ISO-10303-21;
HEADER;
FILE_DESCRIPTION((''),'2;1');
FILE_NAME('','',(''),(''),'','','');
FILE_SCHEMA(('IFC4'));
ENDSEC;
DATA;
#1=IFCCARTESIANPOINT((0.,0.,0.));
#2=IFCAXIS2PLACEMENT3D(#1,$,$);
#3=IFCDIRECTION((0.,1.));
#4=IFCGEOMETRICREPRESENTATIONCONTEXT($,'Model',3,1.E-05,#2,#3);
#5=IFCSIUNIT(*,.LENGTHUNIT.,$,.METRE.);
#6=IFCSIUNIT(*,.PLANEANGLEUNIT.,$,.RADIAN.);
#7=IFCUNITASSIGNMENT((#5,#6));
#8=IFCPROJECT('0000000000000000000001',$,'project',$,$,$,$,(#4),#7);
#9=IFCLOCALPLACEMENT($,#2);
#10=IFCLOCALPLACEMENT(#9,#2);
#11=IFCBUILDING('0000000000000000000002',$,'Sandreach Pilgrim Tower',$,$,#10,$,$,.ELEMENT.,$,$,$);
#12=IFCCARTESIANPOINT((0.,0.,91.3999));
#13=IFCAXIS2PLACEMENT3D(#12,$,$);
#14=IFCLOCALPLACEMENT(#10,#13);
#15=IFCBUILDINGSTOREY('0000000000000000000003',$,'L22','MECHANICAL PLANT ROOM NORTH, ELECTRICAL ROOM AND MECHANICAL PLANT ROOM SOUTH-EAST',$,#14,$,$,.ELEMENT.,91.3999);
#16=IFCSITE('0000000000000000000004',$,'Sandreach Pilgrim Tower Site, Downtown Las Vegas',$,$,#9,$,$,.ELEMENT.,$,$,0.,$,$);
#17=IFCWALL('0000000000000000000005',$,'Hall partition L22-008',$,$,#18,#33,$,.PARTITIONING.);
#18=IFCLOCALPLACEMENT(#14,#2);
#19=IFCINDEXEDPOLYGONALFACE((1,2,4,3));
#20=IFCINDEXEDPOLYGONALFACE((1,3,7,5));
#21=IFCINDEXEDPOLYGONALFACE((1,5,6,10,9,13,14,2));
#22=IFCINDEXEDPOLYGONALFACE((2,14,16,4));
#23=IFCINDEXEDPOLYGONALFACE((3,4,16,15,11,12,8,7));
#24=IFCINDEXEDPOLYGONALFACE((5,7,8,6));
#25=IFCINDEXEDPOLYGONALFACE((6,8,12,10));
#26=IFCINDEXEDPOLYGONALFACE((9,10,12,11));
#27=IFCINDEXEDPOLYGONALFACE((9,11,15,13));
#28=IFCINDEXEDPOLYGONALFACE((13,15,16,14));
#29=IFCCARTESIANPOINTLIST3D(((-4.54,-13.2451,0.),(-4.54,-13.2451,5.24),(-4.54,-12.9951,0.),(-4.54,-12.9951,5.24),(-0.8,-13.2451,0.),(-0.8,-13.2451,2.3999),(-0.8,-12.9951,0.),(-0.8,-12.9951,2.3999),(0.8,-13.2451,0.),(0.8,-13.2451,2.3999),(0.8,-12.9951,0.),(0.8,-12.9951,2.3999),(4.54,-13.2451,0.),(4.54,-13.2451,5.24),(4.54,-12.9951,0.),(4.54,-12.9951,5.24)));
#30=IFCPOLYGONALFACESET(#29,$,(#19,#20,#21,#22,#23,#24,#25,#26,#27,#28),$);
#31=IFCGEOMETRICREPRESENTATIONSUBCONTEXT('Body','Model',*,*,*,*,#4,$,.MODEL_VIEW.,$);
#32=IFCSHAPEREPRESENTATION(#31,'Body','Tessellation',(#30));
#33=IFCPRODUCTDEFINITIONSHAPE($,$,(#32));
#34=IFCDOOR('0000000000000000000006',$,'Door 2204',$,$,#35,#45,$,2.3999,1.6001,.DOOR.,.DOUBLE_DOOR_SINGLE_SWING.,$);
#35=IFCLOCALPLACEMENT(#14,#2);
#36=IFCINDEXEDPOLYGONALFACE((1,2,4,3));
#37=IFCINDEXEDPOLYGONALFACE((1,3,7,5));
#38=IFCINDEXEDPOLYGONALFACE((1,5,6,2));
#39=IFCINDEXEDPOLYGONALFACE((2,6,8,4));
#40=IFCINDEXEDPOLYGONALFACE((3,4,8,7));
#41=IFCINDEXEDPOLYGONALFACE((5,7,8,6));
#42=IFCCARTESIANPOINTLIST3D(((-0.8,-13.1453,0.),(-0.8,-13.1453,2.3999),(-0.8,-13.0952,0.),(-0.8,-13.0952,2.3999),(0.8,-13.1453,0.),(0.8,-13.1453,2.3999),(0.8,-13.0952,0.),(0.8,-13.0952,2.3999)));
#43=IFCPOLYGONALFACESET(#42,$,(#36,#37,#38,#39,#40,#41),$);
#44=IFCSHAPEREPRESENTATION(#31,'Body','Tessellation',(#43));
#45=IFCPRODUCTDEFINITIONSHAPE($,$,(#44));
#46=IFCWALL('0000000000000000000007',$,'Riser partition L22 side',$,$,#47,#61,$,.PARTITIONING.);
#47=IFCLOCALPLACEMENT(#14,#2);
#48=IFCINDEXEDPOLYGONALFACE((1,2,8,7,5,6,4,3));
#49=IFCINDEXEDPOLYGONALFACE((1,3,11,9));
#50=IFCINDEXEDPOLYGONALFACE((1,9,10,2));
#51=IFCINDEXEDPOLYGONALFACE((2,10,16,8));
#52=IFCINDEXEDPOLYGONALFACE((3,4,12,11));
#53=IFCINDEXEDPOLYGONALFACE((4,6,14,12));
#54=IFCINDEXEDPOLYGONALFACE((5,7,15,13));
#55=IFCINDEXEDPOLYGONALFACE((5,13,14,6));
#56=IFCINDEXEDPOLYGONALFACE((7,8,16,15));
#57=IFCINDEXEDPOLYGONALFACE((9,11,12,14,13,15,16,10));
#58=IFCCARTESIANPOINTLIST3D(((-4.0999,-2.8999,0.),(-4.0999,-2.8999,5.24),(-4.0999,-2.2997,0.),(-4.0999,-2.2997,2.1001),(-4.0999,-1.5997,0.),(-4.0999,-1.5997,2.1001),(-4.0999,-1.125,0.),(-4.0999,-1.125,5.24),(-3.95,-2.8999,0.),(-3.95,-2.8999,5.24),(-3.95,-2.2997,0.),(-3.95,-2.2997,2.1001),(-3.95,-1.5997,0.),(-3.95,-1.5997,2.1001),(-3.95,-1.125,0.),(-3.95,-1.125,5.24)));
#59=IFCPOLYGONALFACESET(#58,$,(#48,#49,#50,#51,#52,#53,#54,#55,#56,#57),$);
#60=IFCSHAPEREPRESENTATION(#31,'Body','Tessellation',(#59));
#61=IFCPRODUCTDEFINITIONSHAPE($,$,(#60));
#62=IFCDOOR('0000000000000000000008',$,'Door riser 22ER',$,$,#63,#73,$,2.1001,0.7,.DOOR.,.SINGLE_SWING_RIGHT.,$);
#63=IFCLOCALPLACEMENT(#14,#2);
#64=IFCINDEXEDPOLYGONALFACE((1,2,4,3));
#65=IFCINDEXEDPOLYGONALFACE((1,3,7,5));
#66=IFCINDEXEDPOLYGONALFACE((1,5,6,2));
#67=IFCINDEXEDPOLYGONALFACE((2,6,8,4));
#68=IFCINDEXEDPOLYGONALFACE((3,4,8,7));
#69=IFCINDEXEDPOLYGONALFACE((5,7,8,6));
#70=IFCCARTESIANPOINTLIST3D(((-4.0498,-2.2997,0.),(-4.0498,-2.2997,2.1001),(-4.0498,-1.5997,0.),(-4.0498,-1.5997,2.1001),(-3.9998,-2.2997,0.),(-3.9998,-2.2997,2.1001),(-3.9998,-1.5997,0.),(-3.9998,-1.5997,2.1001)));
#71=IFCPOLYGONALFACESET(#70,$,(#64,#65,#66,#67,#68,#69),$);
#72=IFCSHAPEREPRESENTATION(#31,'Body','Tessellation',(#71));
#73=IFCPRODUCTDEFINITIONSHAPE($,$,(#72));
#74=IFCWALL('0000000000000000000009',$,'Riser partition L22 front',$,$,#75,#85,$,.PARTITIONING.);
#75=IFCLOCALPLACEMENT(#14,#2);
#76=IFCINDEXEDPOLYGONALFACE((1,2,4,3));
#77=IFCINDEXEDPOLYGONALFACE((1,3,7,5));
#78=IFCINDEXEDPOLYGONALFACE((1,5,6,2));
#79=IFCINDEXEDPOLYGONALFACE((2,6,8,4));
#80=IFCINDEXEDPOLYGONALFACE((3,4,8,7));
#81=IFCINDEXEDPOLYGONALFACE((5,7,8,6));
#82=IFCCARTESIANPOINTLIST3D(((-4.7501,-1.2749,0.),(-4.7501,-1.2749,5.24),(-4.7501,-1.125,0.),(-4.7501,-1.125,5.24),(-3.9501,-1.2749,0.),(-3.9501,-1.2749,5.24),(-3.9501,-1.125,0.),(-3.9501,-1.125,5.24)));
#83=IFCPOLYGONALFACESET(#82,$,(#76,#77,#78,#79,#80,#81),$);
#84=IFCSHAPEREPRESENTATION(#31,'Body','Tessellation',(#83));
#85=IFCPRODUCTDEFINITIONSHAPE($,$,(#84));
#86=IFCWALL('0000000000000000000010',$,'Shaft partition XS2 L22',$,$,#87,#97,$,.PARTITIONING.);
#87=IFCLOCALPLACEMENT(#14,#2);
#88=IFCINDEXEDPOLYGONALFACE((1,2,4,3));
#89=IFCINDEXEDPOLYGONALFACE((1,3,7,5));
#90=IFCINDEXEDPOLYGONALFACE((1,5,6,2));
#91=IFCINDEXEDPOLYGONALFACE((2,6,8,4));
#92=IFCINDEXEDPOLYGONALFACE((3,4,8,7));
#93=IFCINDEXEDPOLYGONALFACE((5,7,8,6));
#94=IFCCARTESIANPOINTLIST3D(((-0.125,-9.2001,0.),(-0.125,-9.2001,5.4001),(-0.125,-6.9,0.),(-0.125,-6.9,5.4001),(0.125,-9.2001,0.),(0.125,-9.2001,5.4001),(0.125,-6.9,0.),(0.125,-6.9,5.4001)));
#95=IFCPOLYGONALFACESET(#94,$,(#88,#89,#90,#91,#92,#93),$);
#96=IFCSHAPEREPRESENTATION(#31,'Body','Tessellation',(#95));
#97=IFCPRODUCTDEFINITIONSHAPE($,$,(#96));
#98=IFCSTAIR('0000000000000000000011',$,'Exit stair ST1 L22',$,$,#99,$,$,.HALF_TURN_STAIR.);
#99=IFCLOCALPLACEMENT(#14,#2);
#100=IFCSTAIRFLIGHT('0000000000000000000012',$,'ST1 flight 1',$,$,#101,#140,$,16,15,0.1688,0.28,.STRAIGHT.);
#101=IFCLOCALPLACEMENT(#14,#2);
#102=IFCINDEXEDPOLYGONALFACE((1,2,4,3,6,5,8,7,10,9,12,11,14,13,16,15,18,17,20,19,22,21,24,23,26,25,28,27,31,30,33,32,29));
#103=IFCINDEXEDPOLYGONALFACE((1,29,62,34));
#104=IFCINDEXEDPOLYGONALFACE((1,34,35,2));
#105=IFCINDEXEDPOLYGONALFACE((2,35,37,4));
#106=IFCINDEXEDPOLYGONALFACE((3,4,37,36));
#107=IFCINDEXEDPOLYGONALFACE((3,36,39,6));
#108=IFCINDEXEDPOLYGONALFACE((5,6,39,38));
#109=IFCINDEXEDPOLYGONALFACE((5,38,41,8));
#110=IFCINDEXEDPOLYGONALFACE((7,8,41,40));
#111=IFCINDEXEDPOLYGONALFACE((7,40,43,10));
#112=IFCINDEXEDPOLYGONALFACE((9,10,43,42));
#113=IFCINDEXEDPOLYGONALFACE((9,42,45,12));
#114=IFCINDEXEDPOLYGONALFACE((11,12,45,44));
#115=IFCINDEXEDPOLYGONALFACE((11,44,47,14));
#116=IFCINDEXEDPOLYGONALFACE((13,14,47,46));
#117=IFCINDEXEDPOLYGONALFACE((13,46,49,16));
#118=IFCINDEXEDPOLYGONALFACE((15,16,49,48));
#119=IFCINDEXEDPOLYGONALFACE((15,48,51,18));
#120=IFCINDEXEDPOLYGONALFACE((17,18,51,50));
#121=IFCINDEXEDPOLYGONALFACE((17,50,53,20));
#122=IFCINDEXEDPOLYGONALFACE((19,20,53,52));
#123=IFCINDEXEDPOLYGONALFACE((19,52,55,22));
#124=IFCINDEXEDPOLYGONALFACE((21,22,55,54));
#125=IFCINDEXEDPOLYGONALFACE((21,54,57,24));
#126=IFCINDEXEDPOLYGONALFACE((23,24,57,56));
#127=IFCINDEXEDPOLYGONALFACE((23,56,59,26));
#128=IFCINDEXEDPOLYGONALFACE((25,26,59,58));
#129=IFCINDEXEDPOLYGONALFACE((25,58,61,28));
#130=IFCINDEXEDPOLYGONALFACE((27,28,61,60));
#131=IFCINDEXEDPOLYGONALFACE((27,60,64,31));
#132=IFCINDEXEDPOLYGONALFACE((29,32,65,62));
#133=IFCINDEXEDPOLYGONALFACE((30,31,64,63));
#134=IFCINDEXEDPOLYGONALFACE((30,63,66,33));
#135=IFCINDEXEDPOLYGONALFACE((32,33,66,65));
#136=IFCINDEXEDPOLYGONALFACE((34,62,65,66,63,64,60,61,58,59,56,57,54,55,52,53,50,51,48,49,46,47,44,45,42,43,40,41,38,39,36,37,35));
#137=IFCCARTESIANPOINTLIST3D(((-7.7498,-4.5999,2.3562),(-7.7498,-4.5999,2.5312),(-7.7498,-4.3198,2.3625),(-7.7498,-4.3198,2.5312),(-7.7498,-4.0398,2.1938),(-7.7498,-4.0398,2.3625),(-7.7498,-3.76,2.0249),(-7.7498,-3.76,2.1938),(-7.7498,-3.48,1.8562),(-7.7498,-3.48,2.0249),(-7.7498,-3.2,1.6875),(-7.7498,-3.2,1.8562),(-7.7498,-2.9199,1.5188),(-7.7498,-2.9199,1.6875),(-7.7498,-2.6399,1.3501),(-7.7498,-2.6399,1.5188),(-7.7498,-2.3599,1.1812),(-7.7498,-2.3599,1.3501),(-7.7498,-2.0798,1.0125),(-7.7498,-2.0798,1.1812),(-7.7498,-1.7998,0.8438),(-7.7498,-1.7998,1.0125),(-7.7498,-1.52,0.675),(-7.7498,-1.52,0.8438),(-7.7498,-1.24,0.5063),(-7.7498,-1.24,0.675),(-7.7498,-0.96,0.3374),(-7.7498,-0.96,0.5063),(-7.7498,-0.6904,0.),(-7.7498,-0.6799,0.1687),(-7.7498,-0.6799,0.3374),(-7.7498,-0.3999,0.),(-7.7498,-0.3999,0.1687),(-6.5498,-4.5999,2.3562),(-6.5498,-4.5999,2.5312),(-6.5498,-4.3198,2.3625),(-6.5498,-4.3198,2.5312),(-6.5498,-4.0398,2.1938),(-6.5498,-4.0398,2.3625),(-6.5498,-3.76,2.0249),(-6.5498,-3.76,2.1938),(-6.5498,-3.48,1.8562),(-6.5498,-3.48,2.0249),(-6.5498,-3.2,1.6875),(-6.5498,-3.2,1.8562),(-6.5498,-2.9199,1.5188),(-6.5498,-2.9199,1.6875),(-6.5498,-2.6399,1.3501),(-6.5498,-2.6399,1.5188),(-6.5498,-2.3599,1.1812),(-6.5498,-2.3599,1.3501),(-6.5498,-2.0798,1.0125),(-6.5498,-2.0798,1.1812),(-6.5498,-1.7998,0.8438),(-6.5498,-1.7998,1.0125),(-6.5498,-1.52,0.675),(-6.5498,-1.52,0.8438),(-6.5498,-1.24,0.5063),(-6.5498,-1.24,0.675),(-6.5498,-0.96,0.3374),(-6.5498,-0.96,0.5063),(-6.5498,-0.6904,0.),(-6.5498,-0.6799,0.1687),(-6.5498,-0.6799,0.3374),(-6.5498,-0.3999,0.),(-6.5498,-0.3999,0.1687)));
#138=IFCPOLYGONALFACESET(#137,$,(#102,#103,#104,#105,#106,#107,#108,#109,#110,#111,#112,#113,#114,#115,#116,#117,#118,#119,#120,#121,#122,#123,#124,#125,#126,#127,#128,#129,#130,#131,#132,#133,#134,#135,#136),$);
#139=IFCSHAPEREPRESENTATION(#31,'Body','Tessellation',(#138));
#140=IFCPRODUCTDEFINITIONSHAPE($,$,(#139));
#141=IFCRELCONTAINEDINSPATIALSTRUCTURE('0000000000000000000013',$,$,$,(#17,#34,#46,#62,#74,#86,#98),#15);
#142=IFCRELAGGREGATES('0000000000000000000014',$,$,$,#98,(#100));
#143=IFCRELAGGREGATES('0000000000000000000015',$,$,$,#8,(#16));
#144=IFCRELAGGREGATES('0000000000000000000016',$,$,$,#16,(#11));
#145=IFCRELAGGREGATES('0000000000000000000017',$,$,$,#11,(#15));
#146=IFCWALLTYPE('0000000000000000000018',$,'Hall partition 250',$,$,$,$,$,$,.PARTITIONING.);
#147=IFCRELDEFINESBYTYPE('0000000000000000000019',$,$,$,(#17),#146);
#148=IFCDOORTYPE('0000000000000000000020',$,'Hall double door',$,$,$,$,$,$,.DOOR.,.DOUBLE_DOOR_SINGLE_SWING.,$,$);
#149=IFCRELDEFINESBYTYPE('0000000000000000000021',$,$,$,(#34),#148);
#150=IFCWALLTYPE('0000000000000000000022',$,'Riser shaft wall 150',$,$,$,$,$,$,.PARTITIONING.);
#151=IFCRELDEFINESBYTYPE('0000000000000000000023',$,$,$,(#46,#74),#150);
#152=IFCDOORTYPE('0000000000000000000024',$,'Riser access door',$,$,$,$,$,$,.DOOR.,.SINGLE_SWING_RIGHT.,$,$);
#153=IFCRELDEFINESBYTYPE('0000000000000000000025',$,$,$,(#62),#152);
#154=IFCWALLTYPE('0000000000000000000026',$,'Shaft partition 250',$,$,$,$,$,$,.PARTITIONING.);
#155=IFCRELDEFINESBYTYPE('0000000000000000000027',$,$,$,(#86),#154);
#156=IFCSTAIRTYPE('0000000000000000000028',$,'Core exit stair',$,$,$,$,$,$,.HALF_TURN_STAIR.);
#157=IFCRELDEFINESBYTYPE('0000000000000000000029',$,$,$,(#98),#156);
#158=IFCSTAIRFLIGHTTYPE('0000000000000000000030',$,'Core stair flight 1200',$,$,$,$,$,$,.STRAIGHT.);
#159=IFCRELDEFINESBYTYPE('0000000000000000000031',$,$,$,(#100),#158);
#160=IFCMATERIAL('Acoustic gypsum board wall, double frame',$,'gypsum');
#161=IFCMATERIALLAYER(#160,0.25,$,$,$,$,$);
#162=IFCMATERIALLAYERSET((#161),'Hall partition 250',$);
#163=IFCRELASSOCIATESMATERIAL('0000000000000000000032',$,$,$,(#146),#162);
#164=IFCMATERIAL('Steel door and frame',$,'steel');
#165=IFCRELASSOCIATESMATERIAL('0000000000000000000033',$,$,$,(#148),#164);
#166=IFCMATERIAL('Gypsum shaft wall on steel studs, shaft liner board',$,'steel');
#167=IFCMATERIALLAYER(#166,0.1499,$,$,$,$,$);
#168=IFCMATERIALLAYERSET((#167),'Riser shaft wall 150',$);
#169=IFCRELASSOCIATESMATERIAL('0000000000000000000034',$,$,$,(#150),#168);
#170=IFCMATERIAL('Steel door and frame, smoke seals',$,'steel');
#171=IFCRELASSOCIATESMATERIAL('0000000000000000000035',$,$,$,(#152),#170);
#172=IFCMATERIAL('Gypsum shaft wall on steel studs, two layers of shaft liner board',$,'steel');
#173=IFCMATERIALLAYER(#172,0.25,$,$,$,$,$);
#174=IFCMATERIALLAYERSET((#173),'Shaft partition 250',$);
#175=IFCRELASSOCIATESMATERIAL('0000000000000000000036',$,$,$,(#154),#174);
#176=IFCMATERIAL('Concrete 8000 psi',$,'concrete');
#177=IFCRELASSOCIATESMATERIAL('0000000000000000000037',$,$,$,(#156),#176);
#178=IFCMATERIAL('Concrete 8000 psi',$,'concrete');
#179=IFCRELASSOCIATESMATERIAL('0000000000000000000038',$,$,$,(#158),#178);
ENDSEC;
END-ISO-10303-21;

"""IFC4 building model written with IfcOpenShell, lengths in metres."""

from ifc_helpers import new_model, si_unit, direction, frame, frame_2d, origin, place, context, subcontext, project, spatial, polyline, rectangle, outline, extrude, material, layer, layer_set, type_object, element, fill, aggregate, save


model = new_model("IFC4")

# Units and contexts
model_context = context("Model", 3, precision=1e-05, world=origin(), true_north=direction((0.0, 1.0)))
body_context = subcontext(model_context, "Body", "Model", "MODEL_VIEW")
ifc_project = project(units=[si_unit("LENGTHUNIT", "METRE"), si_unit("PLANEANGLEUNIT", "RADIAN")], contexts=[model_context])

# Site, building, storey
site_placement = place(None, origin())
site = spatial("IfcSite", under=ifc_project, at=site_placement, Name="Sandreach Pilgrim Tower Site, Downtown Las Vegas", CompositionType="ELEMENT", RefElevation=0.0)
building_placement = place(site_placement, origin())
building = spatial("IfcBuilding", under=site, at=building_placement, Name="Sandreach Pilgrim Tower", CompositionType="ELEMENT")
storey_placement = place(building_placement, frame((0.0, 0.0, 91.3999)))
storey = spatial("IfcBuildingStorey", under=building, at=storey_placement, Name="L22", Description="MECHANICAL PLANT ROOM NORTH, ELECTRICAL ROOM AND MECHANICAL PLANT ROOM SOUTH-EAST", CompositionType="ELEMENT", Elevation=91.3999)

# Shared definitions
ifc_material_1 = material(Name="Acoustic gypsum board wall, double frame", Category="gypsum")
ifc_layer_1 = layer(ifc_material_1, 0.25)
ifc_layer_set_1 = layer_set([ifc_layer_1], Name="Hall partition 250")
wall_type_1 = type_object("IfcWallType", Name="Hall partition 250", PredefinedType="PARTITIONING", material=ifc_layer_set_1)

# Walls, openings, doors
wall_1_placement = place(storey_placement, frame((-4.54, -13.1201, 0.0), z_axis=(0.0, 0.0, 1.0), x_axis=(1.0, 0.0, 0.0)))
wall_1 = element("IfcWall", 1, at=wall_1_placement, inside=storey, type_object=wall_type_1, Name="Hall partition L22-008", PredefinedType="PARTITIONING", context=body_context, shape_type="SweptSolid", body=[
    extrude(rectangle(XDim=9.0801, YDim=0.25, at=frame_2d((4.54, 0.0))), origin(), (0.0, 0.0, 1.0), 5.24),
])
opening_1_placement = place(wall_1_placement, frame((3.74, 0.0, 0.0)))
opening_1 = element("IfcOpeningElement", 2, at=opening_1_placement, cuts=wall_1, PredefinedType="OPENING", context=body_context, shape_type="SweptSolid", body=[
    extrude(rectangle(XDim=1.6001, YDim=2.3999, at=frame_2d((0.8, 1.2))), frame((0.0, 0.125, 0.0), z_axis=(0.0, -1.0, 0.0), x_axis=(1.0, 0.0, 0.0)), (0.0, 0.0, 1.0), 0.25),
])
ifc_material_2 = material(Name="Steel door and frame", Category="steel")
door_type_1 = type_object("IfcDoorType", Name="Hall double door", OperationType="DOUBLE_DOOR_SINGLE_SWING", PredefinedType="DOOR", material=ifc_material_2)
door_1_placement = place(opening_1_placement, origin())
door_1 = element("IfcDoor", 3, at=door_1_placement, inside=storey, type_object=door_type_1, Name="Door 2204", OperationType="DOUBLE_DOOR_SINGLE_SWING", OverallHeight=2.3999, OverallWidth=1.6001, PredefinedType="DOOR", context=body_context, shape_type="SweptSolid", body=[
    extrude(rectangle(XDim=1.6001, YDim=2.3999, at=frame_2d((0.8, 1.2))), frame((0.0, 0.0249, 0.0), z_axis=(0.0, -1.0, 0.0), x_axis=(1.0, 0.0, 0.0)), (0.0, 0.0, 1.0), 0.05),
])
fill(opening_1, door_1)
ifc_material_3 = material(Name="Gypsum shaft wall on steel studs, shaft liner board", Category="steel")
ifc_layer_2 = layer(ifc_material_3, 0.1499)
ifc_layer_set_2 = layer_set([ifc_layer_2], Name="Riser shaft wall 150")
wall_type_2 = type_object("IfcWallType", Name="Riser shaft wall 150", PredefinedType="PARTITIONING", material=ifc_layer_set_2)
wall_2_placement = place(storey_placement, frame((-4.0249, -2.8999, 0.0), z_axis=(0.0, 0.0, 1.0), x_axis=(0.0, 1.0, 0.0)))
wall_2 = element("IfcWall", 4, at=wall_2_placement, inside=storey, type_object=wall_type_2, Name="Riser partition L22 side", PredefinedType="PARTITIONING", context=body_context, shape_type="SweptSolid", body=[
    extrude(rectangle(XDim=1.7749, YDim=0.1499, at=frame_2d((0.8875, 0.0))), origin(), (0.0, 0.0, 1.0), 5.24),
])
opening_2_placement = place(wall_2_placement, frame((0.6001, 0.0, 0.0)))
opening_2 = element("IfcOpeningElement", 5, at=opening_2_placement, cuts=wall_2, PredefinedType="OPENING", context=body_context, shape_type="SweptSolid", body=[
    extrude(rectangle(XDim=0.7, YDim=2.1001, at=frame_2d((0.3501, 1.05))), frame((0.0, 0.075, 0.0), z_axis=(0.0, -1.0, 0.0), x_axis=(1.0, 0.0, 0.0)), (0.0, 0.0, 1.0), 0.1499),
])
ifc_material_4 = material(Name="Steel door and frame, smoke seals", Category="steel")
door_type_2 = type_object("IfcDoorType", Name="Riser access door", OperationType="SINGLE_SWING_RIGHT", PredefinedType="DOOR", material=ifc_material_4)
door_2_placement = place(opening_2_placement, origin())
door_2 = element("IfcDoor", 6, at=door_2_placement, inside=storey, type_object=door_type_2, Name="Door riser 22ER", OperationType="SINGLE_SWING_RIGHT", OverallHeight=2.1001, OverallWidth=0.7, PredefinedType="DOOR", context=body_context, shape_type="SweptSolid", body=[
    extrude(rectangle(XDim=0.7, YDim=2.1001, at=frame_2d((0.3501, 1.05))), frame((0.0, 0.0249, 0.0), z_axis=(0.0, -1.0, 0.0), x_axis=(1.0, 0.0, 0.0)), (0.0, 0.0, 1.0), 0.05),
])
fill(opening_2, door_2)

# Walls
wall_3_placement = place(storey_placement, frame((-4.75, -1.2, 0.0), z_axis=(0.0, 0.0, 1.0), x_axis=(1.0, 0.0, 0.0)))
element("IfcWall", 7, at=wall_3_placement, inside=storey, type_object=wall_type_2, Name="Riser partition L22 front", PredefinedType="PARTITIONING", context=body_context, shape_type="SweptSolid", body=[
    extrude(rectangle(XDim=0.8, YDim=0.1499, at=frame_2d((0.3999, 0.0))), origin(), (0.0, 0.0, 1.0), 5.24),
])
ifc_material_5 = material(Name="Gypsum shaft wall on steel studs, two layers of shaft liner board", Category="steel")
ifc_layer_3 = layer(ifc_material_5, 0.25)
ifc_layer_set_3 = layer_set([ifc_layer_3], Name="Shaft partition 250")
wall_type_3 = type_object("IfcWallType", Name="Shaft partition 250", PredefinedType="PARTITIONING", material=ifc_layer_set_3)
wall_4_placement = place(storey_placement, frame((0.0, -9.2, 0.0), z_axis=(0.0, 0.0, 1.0), x_axis=(0.0, 1.0, 0.0)))
element("IfcWall", 8, at=wall_4_placement, inside=storey, type_object=wall_type_3, Name="Shaft partition XS2 L22", PredefinedType="PARTITIONING", context=body_context, shape_type="SweptSolid", body=[
    extrude(rectangle(XDim=2.3, YDim=0.25, at=frame_2d((1.1499, 0.0))), origin(), (0.0, 0.0, 1.0), 5.4001),
])

# Stair, stair flight
ifc_material_6 = material(Name="Concrete 8000 psi", Category="concrete")
stair_type = type_object("IfcStairType", Name="Core exit stair", PredefinedType="HALF_TURN_STAIR", material=ifc_material_6)
stair_1_placement = place(storey_placement, origin())
stair_1 = element("IfcStair", 9, at=stair_1_placement, inside=storey, type_object=stair_type, Name="Exit stair ST1 L22", PredefinedType="HALF_TURN_STAIR")
ifc_material_7 = material(Name="Concrete 8000 psi", Category="concrete")
stair_flight_type = type_object("IfcStairFlightType", Name="Core stair flight 1200", PredefinedType="STRAIGHT", material=ifc_material_7)
stair_flight_1_placement = place(storey_placement, frame((-7.1499, -0.3999, 0.0), z_axis=(0.0, 0.0, 1.0), x_axis=(0.0, -1.0, 0.0)))
stair_flight_1 = element("IfcStairFlight", 10, at=stair_flight_1_placement, type_object=stair_flight_type, Name="ST1 flight 1", NumberOfRisers=16, NumberOfTreads=15, PredefinedType="STRAIGHT", RiserHeight=0.1688, TreadLength=0.28, context=body_context, shape_type="SweptSolid", body=[
    extrude(outline(polyline([(0.0, 0.0), (0.0, 0.1687), (0.28, 0.1687), (0.28, 0.3374), (0.5601, 0.3374), (0.5601, 0.5063), (0.8401, 0.5063), (0.8401, 0.675), (1.1201, 0.675), (1.1201, 0.8438), (1.3999, 0.8438), (1.3999, 1.0125), (1.6799, 1.0125), (1.6799, 1.1812), (1.96, 1.1812), (1.96, 1.3501), (2.24, 1.3501), (2.24, 1.5188), (2.52, 1.5188), (2.52, 1.6875), (2.8, 1.6875), (2.8, 1.8562), (3.0801, 1.8562), (3.0801, 2.0249), (3.3601, 2.0249), (3.3601, 2.1938), (3.6399, 2.1938), (3.6399, 2.3625), (3.9199, 2.3625), (3.9199, 2.5312), (4.2, 2.5312), (4.2, 2.7), (4.2, 2.3562), (0.2905, 0.0), (0.0, 0.0)])), frame((0.0, 0.6001, 0.0), z_axis=(0.0, -1.0, 0.0), x_axis=(1.0, 0.0, 0.0)), (0.0, 0.0, 1.0), 1.2),
])
aggregate(stair_1, [stair_flight_1])

save(model, "model.ifc")
